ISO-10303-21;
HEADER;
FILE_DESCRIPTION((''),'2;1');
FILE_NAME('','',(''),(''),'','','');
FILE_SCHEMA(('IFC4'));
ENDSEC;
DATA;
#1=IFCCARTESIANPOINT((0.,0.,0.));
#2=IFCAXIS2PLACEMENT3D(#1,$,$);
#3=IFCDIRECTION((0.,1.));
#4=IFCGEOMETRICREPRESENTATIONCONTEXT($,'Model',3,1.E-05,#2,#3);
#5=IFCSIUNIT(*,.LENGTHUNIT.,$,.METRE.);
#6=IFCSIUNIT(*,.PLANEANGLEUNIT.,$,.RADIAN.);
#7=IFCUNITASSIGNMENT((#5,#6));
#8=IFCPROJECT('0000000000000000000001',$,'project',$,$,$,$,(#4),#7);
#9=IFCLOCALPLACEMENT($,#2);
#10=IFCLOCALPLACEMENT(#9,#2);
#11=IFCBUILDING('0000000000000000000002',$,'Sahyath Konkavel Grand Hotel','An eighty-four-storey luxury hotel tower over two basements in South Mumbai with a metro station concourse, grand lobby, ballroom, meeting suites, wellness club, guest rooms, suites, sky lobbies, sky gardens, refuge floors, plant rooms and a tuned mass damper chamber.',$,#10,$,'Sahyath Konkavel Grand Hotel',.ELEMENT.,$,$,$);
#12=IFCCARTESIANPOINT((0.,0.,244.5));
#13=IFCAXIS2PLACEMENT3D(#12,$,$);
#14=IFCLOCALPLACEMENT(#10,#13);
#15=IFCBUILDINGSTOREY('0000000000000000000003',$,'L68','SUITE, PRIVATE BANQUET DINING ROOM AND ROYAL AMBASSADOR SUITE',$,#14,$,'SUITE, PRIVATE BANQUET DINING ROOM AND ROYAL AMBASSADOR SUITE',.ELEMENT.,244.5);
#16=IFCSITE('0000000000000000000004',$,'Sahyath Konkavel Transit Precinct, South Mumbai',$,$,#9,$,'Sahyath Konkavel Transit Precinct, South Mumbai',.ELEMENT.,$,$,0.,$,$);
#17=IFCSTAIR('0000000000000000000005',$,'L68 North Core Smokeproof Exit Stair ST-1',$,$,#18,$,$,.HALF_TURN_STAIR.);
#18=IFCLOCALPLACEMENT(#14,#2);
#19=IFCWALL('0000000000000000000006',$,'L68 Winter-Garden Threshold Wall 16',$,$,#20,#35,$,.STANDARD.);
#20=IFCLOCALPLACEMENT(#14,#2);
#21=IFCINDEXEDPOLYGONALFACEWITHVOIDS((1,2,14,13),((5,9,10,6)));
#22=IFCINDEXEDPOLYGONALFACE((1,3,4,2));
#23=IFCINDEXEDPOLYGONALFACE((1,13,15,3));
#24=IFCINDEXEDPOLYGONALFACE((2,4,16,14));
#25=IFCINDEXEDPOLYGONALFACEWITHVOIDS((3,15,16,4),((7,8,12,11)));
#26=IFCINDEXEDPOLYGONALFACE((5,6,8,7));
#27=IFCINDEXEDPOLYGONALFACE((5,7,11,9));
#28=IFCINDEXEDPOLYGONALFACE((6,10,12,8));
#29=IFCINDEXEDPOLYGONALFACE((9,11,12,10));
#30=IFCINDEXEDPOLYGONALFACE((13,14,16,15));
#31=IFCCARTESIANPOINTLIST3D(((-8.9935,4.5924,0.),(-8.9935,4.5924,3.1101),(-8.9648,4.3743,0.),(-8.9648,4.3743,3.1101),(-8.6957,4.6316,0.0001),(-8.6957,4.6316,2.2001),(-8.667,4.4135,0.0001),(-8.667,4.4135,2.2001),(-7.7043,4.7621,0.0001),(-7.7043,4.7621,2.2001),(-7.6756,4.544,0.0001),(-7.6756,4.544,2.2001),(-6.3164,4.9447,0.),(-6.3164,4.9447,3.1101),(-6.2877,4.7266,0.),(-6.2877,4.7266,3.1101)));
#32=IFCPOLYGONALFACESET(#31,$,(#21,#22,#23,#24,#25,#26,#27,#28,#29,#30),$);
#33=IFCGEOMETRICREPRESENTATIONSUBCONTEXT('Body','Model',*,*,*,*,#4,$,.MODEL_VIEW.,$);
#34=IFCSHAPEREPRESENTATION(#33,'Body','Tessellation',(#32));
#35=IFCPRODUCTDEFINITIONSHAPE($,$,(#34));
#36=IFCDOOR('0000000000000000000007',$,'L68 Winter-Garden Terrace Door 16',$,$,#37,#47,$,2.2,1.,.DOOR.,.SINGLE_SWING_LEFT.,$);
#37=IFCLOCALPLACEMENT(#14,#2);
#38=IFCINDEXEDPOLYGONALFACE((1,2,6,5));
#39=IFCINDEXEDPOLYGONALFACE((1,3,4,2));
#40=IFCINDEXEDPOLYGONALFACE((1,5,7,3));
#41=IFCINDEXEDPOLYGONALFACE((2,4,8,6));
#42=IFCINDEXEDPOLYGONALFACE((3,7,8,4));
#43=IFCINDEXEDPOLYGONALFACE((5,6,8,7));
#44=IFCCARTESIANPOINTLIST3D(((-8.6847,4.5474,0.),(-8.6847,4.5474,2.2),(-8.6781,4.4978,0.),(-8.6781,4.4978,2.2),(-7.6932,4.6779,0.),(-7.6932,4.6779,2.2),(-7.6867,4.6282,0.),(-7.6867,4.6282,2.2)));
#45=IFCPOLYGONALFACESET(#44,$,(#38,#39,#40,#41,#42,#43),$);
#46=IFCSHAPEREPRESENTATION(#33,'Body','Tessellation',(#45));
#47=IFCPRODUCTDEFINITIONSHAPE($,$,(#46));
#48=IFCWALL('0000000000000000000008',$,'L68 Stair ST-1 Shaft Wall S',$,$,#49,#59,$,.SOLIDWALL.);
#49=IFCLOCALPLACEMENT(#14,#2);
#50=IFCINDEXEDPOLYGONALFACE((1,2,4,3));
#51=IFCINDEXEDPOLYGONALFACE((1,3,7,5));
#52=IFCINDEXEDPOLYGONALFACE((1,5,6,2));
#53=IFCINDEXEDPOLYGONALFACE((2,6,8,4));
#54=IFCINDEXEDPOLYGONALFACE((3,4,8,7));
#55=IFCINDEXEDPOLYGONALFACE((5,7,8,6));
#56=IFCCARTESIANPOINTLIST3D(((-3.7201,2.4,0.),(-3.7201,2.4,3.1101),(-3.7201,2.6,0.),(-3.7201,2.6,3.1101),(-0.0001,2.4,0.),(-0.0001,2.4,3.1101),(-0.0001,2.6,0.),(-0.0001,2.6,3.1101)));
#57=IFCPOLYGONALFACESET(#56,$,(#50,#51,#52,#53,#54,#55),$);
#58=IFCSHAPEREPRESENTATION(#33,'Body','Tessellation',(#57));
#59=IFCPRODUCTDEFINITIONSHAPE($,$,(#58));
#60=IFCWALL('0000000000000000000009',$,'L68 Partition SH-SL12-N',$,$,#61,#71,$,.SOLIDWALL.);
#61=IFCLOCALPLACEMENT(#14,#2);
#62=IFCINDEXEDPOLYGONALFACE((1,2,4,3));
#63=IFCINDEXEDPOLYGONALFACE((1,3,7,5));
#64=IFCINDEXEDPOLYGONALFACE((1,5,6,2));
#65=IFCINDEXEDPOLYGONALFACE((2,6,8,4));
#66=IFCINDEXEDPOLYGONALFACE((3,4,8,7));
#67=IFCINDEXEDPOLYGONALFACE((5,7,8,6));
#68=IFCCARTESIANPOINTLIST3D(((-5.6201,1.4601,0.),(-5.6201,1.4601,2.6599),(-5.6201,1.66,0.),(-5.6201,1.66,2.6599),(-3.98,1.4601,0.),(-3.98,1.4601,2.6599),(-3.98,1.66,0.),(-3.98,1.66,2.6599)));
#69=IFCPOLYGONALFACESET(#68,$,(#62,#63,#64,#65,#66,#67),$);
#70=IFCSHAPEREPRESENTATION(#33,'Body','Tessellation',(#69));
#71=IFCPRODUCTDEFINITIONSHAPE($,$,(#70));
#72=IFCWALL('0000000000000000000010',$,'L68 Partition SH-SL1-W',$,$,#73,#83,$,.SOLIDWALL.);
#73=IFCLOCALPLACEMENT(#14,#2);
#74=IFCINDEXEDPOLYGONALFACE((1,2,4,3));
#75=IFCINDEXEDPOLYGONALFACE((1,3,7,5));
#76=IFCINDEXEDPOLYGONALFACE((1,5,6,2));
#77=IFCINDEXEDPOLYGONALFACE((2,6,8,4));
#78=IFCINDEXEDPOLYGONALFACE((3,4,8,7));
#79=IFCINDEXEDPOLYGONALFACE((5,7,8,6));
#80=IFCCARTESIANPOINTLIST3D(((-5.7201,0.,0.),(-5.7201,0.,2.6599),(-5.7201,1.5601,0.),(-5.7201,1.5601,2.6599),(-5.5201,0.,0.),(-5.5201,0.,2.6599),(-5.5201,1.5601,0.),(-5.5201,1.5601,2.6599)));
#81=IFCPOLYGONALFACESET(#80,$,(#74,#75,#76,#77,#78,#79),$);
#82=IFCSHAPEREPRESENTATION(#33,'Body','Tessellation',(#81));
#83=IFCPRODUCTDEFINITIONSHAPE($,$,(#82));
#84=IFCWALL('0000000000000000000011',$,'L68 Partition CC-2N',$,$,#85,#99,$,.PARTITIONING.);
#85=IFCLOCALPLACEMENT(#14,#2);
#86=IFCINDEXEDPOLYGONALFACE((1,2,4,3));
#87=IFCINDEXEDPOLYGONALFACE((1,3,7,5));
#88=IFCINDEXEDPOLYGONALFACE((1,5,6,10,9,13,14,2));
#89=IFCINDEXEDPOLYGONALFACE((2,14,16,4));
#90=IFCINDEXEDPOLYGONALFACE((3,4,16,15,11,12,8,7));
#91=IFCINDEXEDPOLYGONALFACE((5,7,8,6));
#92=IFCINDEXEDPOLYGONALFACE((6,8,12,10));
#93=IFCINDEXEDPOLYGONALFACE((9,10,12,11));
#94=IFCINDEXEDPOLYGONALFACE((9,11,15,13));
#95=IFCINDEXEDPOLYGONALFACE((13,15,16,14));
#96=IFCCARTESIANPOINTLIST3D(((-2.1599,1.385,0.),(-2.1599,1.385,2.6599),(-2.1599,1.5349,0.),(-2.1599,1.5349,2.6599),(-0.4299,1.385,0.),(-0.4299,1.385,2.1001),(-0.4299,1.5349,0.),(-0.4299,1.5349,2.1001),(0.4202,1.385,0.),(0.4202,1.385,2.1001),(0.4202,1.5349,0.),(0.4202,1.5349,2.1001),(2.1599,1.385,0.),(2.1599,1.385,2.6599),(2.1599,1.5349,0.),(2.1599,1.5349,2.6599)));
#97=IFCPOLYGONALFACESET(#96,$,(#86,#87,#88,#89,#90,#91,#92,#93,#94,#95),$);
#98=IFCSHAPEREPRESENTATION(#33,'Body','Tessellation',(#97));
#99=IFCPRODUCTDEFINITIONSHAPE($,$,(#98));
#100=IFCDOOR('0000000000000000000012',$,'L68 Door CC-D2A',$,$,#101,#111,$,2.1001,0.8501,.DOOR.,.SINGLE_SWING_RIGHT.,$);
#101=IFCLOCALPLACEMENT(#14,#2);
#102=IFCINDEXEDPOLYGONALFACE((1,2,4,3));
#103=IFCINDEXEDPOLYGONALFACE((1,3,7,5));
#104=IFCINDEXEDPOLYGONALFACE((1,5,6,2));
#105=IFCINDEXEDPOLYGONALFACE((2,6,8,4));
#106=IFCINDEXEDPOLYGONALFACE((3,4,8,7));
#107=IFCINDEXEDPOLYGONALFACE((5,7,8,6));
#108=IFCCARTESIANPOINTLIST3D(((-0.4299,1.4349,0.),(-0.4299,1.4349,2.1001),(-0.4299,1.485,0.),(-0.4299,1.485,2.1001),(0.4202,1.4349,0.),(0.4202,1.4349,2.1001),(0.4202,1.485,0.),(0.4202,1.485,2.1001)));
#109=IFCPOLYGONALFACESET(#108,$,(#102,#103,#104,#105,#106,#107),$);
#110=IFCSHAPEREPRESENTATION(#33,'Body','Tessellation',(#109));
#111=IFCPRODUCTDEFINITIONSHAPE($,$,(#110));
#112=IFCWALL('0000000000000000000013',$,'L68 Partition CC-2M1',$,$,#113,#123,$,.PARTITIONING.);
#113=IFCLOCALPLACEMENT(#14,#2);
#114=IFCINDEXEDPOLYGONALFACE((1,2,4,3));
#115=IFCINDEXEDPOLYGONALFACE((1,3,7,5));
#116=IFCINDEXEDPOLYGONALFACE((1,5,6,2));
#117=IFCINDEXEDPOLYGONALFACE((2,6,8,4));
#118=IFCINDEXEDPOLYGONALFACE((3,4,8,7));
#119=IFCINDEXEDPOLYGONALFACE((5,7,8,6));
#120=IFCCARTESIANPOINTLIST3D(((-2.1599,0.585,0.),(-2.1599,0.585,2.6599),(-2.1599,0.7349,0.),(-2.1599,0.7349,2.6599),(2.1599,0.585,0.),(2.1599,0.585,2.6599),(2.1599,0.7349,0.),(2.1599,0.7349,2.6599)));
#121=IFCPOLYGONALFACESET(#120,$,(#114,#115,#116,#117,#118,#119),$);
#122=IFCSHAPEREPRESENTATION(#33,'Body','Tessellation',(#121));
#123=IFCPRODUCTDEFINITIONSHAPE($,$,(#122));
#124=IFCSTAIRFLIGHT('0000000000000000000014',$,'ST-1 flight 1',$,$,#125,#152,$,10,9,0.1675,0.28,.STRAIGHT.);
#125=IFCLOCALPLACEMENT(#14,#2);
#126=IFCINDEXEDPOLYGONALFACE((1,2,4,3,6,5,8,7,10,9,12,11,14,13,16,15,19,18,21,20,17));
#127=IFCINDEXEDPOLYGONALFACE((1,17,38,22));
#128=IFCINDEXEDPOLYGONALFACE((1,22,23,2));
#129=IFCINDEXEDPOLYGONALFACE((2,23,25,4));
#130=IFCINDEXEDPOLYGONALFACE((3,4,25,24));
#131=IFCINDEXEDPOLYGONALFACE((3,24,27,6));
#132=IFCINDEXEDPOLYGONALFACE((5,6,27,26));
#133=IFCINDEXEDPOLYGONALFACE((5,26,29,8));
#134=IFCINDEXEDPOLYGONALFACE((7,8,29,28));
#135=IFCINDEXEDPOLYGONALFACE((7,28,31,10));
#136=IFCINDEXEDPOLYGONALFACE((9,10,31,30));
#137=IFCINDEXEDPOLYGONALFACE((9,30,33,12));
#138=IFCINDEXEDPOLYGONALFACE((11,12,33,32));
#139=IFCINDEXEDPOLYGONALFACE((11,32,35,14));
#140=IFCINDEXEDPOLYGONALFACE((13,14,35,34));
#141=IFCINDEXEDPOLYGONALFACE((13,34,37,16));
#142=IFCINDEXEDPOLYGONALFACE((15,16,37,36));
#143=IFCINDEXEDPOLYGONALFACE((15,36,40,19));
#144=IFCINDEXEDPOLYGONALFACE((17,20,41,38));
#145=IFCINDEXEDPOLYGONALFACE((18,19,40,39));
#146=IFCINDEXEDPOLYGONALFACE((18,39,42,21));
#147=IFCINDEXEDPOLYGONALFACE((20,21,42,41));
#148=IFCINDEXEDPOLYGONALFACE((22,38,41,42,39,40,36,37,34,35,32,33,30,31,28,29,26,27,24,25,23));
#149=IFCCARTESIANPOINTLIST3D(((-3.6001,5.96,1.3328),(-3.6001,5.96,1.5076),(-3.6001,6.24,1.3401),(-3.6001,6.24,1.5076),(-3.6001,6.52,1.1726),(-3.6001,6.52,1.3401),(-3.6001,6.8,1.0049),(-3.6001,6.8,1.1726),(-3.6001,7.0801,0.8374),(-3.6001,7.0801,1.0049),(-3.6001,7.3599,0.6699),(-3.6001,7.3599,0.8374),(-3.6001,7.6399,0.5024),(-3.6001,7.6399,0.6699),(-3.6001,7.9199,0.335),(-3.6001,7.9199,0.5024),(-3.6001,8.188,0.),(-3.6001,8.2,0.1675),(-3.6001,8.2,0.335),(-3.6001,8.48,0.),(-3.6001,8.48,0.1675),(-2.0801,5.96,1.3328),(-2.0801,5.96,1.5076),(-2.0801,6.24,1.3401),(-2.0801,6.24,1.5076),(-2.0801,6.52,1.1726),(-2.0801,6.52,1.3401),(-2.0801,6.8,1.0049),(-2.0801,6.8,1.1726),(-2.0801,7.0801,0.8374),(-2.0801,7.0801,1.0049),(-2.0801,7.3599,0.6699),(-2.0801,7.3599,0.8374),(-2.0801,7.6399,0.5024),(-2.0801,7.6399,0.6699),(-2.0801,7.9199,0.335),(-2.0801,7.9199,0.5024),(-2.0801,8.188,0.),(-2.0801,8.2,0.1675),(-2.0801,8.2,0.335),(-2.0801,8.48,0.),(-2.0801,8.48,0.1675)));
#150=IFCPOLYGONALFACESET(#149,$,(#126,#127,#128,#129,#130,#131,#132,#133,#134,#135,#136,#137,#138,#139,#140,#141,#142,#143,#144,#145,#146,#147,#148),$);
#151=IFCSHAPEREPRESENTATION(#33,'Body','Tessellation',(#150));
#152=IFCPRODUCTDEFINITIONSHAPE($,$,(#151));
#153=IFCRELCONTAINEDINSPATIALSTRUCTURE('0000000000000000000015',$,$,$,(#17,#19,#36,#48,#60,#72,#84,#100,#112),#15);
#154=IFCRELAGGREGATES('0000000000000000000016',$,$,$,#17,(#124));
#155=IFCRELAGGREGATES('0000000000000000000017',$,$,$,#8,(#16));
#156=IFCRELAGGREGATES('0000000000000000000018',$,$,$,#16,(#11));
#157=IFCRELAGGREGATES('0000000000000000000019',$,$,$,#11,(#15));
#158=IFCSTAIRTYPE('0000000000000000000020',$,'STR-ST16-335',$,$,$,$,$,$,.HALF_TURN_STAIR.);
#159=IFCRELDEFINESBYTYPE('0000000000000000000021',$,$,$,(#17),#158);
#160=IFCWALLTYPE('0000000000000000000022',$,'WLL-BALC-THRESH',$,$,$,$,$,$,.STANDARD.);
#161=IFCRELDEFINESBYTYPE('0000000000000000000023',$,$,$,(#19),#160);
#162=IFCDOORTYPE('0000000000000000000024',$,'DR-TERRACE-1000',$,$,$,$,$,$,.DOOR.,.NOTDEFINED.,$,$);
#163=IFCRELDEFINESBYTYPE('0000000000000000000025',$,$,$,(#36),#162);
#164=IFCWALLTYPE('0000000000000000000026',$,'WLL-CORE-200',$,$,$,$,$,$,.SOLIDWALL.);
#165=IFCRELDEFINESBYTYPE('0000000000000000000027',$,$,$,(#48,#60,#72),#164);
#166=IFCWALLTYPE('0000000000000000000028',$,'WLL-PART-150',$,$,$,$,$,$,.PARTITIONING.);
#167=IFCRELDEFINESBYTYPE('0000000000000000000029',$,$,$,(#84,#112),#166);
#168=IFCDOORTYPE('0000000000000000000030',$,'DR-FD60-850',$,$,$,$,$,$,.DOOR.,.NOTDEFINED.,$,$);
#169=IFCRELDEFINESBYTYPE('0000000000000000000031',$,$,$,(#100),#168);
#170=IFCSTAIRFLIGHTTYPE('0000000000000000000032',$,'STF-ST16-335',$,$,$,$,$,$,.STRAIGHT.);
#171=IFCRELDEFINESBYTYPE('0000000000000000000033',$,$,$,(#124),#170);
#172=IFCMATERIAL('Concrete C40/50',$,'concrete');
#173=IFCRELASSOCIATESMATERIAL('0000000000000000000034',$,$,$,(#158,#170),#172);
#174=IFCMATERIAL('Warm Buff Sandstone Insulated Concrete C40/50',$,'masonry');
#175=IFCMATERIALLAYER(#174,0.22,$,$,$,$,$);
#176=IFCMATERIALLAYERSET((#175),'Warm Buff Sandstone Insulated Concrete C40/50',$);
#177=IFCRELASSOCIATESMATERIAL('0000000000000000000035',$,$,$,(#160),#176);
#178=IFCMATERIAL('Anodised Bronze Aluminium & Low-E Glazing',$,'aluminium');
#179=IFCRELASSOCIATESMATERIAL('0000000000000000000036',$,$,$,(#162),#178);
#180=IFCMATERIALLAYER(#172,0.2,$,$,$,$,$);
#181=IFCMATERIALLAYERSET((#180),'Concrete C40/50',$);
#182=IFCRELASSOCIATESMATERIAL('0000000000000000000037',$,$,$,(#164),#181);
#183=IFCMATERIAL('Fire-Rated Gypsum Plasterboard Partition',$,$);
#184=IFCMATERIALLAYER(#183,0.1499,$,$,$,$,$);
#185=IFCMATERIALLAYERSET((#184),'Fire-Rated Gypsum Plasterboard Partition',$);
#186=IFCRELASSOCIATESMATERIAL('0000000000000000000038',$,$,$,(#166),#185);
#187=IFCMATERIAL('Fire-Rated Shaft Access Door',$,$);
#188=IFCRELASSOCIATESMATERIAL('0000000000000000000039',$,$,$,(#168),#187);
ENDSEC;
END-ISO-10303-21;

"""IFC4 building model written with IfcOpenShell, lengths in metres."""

from ifc_helpers import new_model, si_unit, direction, frame, frame_2d, origin, origin_2d, place, context, subcontext, project, spatial, polyline, rectangle, outline, extrude, source, transform, mapped, material, layer, layer_set, type_object, element, fill, aggregate, save


model = new_model("IFC4")

# Units and contexts
model_context = context("Model", 3, precision=1e-05, world=origin(), true_north=direction((0.0, 1.0)))
body_context = subcontext(model_context, "Body", "Model", "MODEL_VIEW")
ifc_project = project(units=[si_unit("LENGTHUNIT", "METRE"), si_unit("PLANEANGLEUNIT", "RADIAN")], contexts=[model_context])

# Site, building, storey
site_placement = place(None, origin())
site = spatial("IfcSite", under=ifc_project, at=site_placement, Name="Sahyath Konkavel Transit Precinct, South Mumbai", LongName="Sahyath Konkavel Transit Precinct, South Mumbai", CompositionType="ELEMENT", RefElevation=0.0)
building_placement = place(site_placement, origin())
building = spatial("IfcBuilding", under=site, at=building_placement, Name="Sahyath Konkavel Grand Hotel", Description="An eighty-four-storey luxury hotel tower over two basements in South Mumbai with a metro station concourse, grand lobby, ballroom, meeting suites, wellness club, guest rooms, suites, sky lobbies, sky gardens, refuge floors, plant rooms and a tuned mass damper chamber.", LongName="Sahyath Konkavel Grand Hotel", CompositionType="ELEMENT")
storey_placement = place(building_placement, frame((0.0, 0.0, 244.5)))
storey = spatial("IfcBuildingStorey", under=building, at=storey_placement, Name="L68", Description="SUITE, PRIVATE BANQUET DINING ROOM AND ROYAL AMBASSADOR SUITE", LongName="SUITE, PRIVATE BANQUET DINING ROOM AND ROYAL AMBASSADOR SUITE", CompositionType="ELEMENT", Elevation=244.5)

# Shared definitions
ifc_material_1 = material(Name="Concrete C40/50", Category="concrete")

# Shared definitions
ifc_material_2 = material(Name="Anodised Bronze Aluminium & Low-E Glazing", Category="aluminium")

# Stair
stair_type = type_object("IfcStairType", Name="STR-ST16-335", PredefinedType="HALF_TURN_STAIR", material=ifc_material_1)
stair_1_placement = place(storey_placement, origin())
stair_1 = element("IfcStair", 1, at=stair_1_placement, inside=storey, type_object=stair_type, Name="L68 North Core Smokeproof Exit Stair ST-1", PredefinedType="HALF_TURN_STAIR")

# Wall, opening, door
ifc_material_3 = material(Name="Warm Buff Sandstone Insulated Concrete C40/50", Category="masonry")
ifc_layer_1 = layer(ifc_material_3, 0.22)
ifc_layer_set_1 = layer_set([ifc_layer_1], Name="Warm Buff Sandstone Insulated Concrete C40/50")
wall_type_1 = type_object("IfcWallType", Name="WLL-BALC-THRESH", PredefinedType="STANDARD", material=ifc_layer_set_1)
wall_1_placement = place(storey_placement, frame((-6.302, 4.8357, 0.0), z_axis=(0.0, 0.0, 1.0), x_axis=(-0.991452, -0.130476, 0.0)))
wall_1 = element("IfcWall", 2, at=wall_1_placement, inside=storey, type_object=wall_type_1, Name="L68 Winter-Garden Threshold Wall 16", PredefinedType="STANDARD", context=body_context, shape_type="SweptSolid", body=[
    extrude(rectangle(XDim=2.7002, YDim=0.22, at=frame_2d((1.3501, 0.0))), origin(), (0.0, 0.0, 1.0), 3.1101),
])
opening_1_placement = place(wall_1_placement, frame((1.3999, 0.0, 0.0)))
opening_1 = element("IfcOpeningElement", 3, at=opening_1_placement, cuts=wall_1, PredefinedType="OPENING", context=body_context, shape_type="SweptSolid", body=[
    extrude(rectangle(XDim=1.0, YDim=2.2, at=frame_2d((0.5, 1.1001))), frame((0.0, 0.1201, 0.0), z_axis=(0.0, -1.0, 0.0), x_axis=(1.0, 0.0, 0.0)), (0.0, 0.0, 1.0), 0.24),
])
door_type_1 = type_object("IfcDoorType", Name="DR-TERRACE-1000", OperationType="NOTDEFINED", PredefinedType="DOOR", material=ifc_material_2)
shared_shape_1 = source(origin(), body_context, "Body", "SweptSolid", [
    extrude(rectangle(XDim=1.0, YDim=0.05, at=origin_2d()), origin(), (0.0, 0.0, 1.0), 2.2),
])
door_1_placement = place(opening_1_placement, frame((0.5, 0.0, 0.0)))
door_1 = element("IfcDoor", 4, at=door_1_placement, inside=storey, type_object=door_type_1, Name="L68 Winter-Garden Terrace Door 16", OperationType="SINGLE_SWING_LEFT", OverallHeight=2.2, OverallWidth=1.0, PredefinedType="DOOR", context=body_context, shape_type="MappedRepresentation", body=[
    mapped(shared_shape_1, transform((0.0, 0.0, 0.0), scale=1.0)),
])
fill(opening_1, door_1)

# Walls
ifc_layer_2 = layer(ifc_material_1, 0.2)
ifc_layer_set_2 = layer_set([ifc_layer_2], Name="Concrete C40/50")
wall_type_2 = type_object("IfcWallType", Name="WLL-CORE-200", PredefinedType="SOLIDWALL", material=ifc_layer_set_2)
wall_2_placement = place(storey_placement, frame((-3.72, 2.5, 0.0), z_axis=(0.0, 0.0, 1.0), x_axis=(1.0, 0.0, 0.0)))
element("IfcWall", 5, at=wall_2_placement, inside=storey, type_object=wall_type_2, Name="L68 Stair ST-1 Shaft Wall S", PredefinedType="SOLIDWALL", context=body_context, shape_type="SweptSolid", body=[
    extrude(rectangle(XDim=3.72, YDim=0.2, at=frame_2d((1.8599, 0.0))), origin(), (0.0, 0.0, 1.0), 3.1101),
])
wall_3_placement = place(storey_placement, frame((-5.6201, 1.5601, 0.0), z_axis=(0.0, 0.0, 1.0), x_axis=(1.0, 0.0, 0.0)))
element("IfcWall", 6, at=wall_3_placement, inside=storey, type_object=wall_type_2, Name="L68 Partition SH-SL12-N", PredefinedType="SOLIDWALL", context=body_context, shape_type="SweptSolid", body=[
    extrude(rectangle(XDim=1.6401, YDim=0.2, at=frame_2d((0.8201, 0.0))), origin(), (0.0, 0.0, 1.0), 2.6599),
])
wall_4_placement = place(storey_placement, frame((-5.6201, 0.0, 0.0), z_axis=(0.0, 0.0, 1.0), x_axis=(0.0, 1.0, 0.0)))
element("IfcWall", 7, at=wall_4_placement, inside=storey, type_object=wall_type_2, Name="L68 Partition SH-SL1-W", PredefinedType="SOLIDWALL", context=body_context, shape_type="SweptSolid", body=[
    extrude(rectangle(XDim=1.5601, YDim=0.2, at=frame_2d((0.78, 0.0))), origin(), (0.0, 0.0, 1.0), 2.6599),
])

# Wall, opening, door
ifc_material_4 = material(Name="Fire-Rated Gypsum Plasterboard Partition")
ifc_layer_3 = layer(ifc_material_4, 0.1499)
ifc_layer_set_3 = layer_set([ifc_layer_3], Name="Fire-Rated Gypsum Plasterboard Partition")
wall_type_3 = type_object("IfcWallType", Name="WLL-PART-150", PredefinedType="PARTITIONING", material=ifc_layer_set_3)
wall_5_placement = place(storey_placement, frame((-2.1599, 1.46, 0.0), z_axis=(0.0, 0.0, 1.0), x_axis=(1.0, 0.0, 0.0)))
wall_5 = element("IfcWall", 8, at=wall_5_placement, inside=storey, type_object=wall_type_3, Name="L68 Partition CC-2N", PredefinedType="PARTITIONING", context=body_context, shape_type="SweptSolid", body=[
    extrude(rectangle(XDim=4.3198, YDim=0.1499, at=frame_2d((2.1599, 0.0))), origin(), (0.0, 0.0, 1.0), 2.6599),
])
opening_2_placement = place(wall_5_placement, frame((1.73, 0.0, 0.0)))
opening_2 = element("IfcOpeningElement", 9, at=opening_2_placement, cuts=wall_5, PredefinedType="OPENING", context=body_context, shape_type="SweptSolid", body=[
    extrude(rectangle(XDim=0.8501, YDim=2.1001, at=frame_2d((0.425, 1.05))), frame((0.0, 0.085, 0.0), z_axis=(0.0, -1.0, 0.0), x_axis=(1.0, 0.0, 0.0)), (0.0, 0.0, 1.0), 0.1699),
])
ifc_material_5 = material(Name="Fire-Rated Shaft Access Door")
door_type_2 = type_object("IfcDoorType", Name="DR-FD60-850", OperationType="NOTDEFINED", PredefinedType="DOOR", material=ifc_material_5)
shared_shape_2 = source(origin(), body_context, "Body", "SweptSolid", [
    extrude(rectangle(XDim=0.8501, YDim=0.05, at=origin_2d()), origin(), (0.0, 0.0, 1.0), 2.1001),
])
door_2_placement = place(opening_2_placement, frame((0.425, 0.0, 0.0)))
door_2 = element("IfcDoor", 10, at=door_2_placement, inside=storey, type_object=door_type_2, Name="L68 Door CC-D2A", OperationType="SINGLE_SWING_RIGHT", OverallHeight=2.1001, OverallWidth=0.8501, PredefinedType="DOOR", context=body_context, shape_type="MappedRepresentation", body=[
    mapped(shared_shape_2, transform((0.0, 0.0, 0.0), scale=1.0)),
])
fill(opening_2, door_2)

# Wall
wall_6_placement = place(storey_placement, frame((-2.1599, 0.6599, 0.0), z_axis=(0.0, 0.0, 1.0), x_axis=(1.0, 0.0, 0.0)))
element("IfcWall", 11, at=wall_6_placement, inside=storey, type_object=wall_type_3, Name="L68 Partition CC-2M1", PredefinedType="PARTITIONING", context=body_context, shape_type="SweptSolid", body=[
    extrude(rectangle(XDim=4.3198, YDim=0.1499, at=frame_2d((2.1599, 0.0))), origin(), (0.0, 0.0, 1.0), 2.6599),
])

# Stair flight
stair_flight_type = type_object("IfcStairFlightType", Name="STF-ST16-335", PredefinedType="STRAIGHT", material=ifc_material_1)
stair_flight_1_placement = place(storey_placement, frame((-2.8401, 8.48, 0.0), z_axis=(0.0, 0.0, 1.0), x_axis=(0.0, -1.0, 0.0)))
stair_flight_1 = element("IfcStairFlight", 12, at=stair_flight_1_placement, type_object=stair_flight_type, Name="ST-1 flight 1", NumberOfRisers=10, NumberOfTreads=9, PredefinedType="STRAIGHT", RiserHeight=0.1675, TreadLength=0.28, context=body_context, shape_type="SweptSolid", body=[
    extrude(outline(polyline([(0.0, 0.0), (0.0, 0.1675), (0.28, 0.1675), (0.28, 0.335), (0.5601, 0.335), (0.5601, 0.5024), (0.8401, 0.5024), (0.8401, 0.6699), (1.1201, 0.6699), (1.1201, 0.8374), (1.3999, 0.8374), (1.3999, 1.0049), (1.6799, 1.0049), (1.6799, 1.1726), (1.96, 1.1726), (1.96, 1.3401), (2.24, 1.3401), (2.24, 1.5076), (2.52, 1.5076), (2.52, 1.675), (2.52, 1.3328), (0.292, 0.0), (0.0, 0.0)])), frame((0.0, 0.76, 0.0), z_axis=(0.0, -1.0, 0.0), x_axis=(1.0, 0.0, 0.0)), (0.0, 0.0, 1.0), 1.52),
])
aggregate(stair_1, [stair_flight_1])

save(model, "model.ifc")
